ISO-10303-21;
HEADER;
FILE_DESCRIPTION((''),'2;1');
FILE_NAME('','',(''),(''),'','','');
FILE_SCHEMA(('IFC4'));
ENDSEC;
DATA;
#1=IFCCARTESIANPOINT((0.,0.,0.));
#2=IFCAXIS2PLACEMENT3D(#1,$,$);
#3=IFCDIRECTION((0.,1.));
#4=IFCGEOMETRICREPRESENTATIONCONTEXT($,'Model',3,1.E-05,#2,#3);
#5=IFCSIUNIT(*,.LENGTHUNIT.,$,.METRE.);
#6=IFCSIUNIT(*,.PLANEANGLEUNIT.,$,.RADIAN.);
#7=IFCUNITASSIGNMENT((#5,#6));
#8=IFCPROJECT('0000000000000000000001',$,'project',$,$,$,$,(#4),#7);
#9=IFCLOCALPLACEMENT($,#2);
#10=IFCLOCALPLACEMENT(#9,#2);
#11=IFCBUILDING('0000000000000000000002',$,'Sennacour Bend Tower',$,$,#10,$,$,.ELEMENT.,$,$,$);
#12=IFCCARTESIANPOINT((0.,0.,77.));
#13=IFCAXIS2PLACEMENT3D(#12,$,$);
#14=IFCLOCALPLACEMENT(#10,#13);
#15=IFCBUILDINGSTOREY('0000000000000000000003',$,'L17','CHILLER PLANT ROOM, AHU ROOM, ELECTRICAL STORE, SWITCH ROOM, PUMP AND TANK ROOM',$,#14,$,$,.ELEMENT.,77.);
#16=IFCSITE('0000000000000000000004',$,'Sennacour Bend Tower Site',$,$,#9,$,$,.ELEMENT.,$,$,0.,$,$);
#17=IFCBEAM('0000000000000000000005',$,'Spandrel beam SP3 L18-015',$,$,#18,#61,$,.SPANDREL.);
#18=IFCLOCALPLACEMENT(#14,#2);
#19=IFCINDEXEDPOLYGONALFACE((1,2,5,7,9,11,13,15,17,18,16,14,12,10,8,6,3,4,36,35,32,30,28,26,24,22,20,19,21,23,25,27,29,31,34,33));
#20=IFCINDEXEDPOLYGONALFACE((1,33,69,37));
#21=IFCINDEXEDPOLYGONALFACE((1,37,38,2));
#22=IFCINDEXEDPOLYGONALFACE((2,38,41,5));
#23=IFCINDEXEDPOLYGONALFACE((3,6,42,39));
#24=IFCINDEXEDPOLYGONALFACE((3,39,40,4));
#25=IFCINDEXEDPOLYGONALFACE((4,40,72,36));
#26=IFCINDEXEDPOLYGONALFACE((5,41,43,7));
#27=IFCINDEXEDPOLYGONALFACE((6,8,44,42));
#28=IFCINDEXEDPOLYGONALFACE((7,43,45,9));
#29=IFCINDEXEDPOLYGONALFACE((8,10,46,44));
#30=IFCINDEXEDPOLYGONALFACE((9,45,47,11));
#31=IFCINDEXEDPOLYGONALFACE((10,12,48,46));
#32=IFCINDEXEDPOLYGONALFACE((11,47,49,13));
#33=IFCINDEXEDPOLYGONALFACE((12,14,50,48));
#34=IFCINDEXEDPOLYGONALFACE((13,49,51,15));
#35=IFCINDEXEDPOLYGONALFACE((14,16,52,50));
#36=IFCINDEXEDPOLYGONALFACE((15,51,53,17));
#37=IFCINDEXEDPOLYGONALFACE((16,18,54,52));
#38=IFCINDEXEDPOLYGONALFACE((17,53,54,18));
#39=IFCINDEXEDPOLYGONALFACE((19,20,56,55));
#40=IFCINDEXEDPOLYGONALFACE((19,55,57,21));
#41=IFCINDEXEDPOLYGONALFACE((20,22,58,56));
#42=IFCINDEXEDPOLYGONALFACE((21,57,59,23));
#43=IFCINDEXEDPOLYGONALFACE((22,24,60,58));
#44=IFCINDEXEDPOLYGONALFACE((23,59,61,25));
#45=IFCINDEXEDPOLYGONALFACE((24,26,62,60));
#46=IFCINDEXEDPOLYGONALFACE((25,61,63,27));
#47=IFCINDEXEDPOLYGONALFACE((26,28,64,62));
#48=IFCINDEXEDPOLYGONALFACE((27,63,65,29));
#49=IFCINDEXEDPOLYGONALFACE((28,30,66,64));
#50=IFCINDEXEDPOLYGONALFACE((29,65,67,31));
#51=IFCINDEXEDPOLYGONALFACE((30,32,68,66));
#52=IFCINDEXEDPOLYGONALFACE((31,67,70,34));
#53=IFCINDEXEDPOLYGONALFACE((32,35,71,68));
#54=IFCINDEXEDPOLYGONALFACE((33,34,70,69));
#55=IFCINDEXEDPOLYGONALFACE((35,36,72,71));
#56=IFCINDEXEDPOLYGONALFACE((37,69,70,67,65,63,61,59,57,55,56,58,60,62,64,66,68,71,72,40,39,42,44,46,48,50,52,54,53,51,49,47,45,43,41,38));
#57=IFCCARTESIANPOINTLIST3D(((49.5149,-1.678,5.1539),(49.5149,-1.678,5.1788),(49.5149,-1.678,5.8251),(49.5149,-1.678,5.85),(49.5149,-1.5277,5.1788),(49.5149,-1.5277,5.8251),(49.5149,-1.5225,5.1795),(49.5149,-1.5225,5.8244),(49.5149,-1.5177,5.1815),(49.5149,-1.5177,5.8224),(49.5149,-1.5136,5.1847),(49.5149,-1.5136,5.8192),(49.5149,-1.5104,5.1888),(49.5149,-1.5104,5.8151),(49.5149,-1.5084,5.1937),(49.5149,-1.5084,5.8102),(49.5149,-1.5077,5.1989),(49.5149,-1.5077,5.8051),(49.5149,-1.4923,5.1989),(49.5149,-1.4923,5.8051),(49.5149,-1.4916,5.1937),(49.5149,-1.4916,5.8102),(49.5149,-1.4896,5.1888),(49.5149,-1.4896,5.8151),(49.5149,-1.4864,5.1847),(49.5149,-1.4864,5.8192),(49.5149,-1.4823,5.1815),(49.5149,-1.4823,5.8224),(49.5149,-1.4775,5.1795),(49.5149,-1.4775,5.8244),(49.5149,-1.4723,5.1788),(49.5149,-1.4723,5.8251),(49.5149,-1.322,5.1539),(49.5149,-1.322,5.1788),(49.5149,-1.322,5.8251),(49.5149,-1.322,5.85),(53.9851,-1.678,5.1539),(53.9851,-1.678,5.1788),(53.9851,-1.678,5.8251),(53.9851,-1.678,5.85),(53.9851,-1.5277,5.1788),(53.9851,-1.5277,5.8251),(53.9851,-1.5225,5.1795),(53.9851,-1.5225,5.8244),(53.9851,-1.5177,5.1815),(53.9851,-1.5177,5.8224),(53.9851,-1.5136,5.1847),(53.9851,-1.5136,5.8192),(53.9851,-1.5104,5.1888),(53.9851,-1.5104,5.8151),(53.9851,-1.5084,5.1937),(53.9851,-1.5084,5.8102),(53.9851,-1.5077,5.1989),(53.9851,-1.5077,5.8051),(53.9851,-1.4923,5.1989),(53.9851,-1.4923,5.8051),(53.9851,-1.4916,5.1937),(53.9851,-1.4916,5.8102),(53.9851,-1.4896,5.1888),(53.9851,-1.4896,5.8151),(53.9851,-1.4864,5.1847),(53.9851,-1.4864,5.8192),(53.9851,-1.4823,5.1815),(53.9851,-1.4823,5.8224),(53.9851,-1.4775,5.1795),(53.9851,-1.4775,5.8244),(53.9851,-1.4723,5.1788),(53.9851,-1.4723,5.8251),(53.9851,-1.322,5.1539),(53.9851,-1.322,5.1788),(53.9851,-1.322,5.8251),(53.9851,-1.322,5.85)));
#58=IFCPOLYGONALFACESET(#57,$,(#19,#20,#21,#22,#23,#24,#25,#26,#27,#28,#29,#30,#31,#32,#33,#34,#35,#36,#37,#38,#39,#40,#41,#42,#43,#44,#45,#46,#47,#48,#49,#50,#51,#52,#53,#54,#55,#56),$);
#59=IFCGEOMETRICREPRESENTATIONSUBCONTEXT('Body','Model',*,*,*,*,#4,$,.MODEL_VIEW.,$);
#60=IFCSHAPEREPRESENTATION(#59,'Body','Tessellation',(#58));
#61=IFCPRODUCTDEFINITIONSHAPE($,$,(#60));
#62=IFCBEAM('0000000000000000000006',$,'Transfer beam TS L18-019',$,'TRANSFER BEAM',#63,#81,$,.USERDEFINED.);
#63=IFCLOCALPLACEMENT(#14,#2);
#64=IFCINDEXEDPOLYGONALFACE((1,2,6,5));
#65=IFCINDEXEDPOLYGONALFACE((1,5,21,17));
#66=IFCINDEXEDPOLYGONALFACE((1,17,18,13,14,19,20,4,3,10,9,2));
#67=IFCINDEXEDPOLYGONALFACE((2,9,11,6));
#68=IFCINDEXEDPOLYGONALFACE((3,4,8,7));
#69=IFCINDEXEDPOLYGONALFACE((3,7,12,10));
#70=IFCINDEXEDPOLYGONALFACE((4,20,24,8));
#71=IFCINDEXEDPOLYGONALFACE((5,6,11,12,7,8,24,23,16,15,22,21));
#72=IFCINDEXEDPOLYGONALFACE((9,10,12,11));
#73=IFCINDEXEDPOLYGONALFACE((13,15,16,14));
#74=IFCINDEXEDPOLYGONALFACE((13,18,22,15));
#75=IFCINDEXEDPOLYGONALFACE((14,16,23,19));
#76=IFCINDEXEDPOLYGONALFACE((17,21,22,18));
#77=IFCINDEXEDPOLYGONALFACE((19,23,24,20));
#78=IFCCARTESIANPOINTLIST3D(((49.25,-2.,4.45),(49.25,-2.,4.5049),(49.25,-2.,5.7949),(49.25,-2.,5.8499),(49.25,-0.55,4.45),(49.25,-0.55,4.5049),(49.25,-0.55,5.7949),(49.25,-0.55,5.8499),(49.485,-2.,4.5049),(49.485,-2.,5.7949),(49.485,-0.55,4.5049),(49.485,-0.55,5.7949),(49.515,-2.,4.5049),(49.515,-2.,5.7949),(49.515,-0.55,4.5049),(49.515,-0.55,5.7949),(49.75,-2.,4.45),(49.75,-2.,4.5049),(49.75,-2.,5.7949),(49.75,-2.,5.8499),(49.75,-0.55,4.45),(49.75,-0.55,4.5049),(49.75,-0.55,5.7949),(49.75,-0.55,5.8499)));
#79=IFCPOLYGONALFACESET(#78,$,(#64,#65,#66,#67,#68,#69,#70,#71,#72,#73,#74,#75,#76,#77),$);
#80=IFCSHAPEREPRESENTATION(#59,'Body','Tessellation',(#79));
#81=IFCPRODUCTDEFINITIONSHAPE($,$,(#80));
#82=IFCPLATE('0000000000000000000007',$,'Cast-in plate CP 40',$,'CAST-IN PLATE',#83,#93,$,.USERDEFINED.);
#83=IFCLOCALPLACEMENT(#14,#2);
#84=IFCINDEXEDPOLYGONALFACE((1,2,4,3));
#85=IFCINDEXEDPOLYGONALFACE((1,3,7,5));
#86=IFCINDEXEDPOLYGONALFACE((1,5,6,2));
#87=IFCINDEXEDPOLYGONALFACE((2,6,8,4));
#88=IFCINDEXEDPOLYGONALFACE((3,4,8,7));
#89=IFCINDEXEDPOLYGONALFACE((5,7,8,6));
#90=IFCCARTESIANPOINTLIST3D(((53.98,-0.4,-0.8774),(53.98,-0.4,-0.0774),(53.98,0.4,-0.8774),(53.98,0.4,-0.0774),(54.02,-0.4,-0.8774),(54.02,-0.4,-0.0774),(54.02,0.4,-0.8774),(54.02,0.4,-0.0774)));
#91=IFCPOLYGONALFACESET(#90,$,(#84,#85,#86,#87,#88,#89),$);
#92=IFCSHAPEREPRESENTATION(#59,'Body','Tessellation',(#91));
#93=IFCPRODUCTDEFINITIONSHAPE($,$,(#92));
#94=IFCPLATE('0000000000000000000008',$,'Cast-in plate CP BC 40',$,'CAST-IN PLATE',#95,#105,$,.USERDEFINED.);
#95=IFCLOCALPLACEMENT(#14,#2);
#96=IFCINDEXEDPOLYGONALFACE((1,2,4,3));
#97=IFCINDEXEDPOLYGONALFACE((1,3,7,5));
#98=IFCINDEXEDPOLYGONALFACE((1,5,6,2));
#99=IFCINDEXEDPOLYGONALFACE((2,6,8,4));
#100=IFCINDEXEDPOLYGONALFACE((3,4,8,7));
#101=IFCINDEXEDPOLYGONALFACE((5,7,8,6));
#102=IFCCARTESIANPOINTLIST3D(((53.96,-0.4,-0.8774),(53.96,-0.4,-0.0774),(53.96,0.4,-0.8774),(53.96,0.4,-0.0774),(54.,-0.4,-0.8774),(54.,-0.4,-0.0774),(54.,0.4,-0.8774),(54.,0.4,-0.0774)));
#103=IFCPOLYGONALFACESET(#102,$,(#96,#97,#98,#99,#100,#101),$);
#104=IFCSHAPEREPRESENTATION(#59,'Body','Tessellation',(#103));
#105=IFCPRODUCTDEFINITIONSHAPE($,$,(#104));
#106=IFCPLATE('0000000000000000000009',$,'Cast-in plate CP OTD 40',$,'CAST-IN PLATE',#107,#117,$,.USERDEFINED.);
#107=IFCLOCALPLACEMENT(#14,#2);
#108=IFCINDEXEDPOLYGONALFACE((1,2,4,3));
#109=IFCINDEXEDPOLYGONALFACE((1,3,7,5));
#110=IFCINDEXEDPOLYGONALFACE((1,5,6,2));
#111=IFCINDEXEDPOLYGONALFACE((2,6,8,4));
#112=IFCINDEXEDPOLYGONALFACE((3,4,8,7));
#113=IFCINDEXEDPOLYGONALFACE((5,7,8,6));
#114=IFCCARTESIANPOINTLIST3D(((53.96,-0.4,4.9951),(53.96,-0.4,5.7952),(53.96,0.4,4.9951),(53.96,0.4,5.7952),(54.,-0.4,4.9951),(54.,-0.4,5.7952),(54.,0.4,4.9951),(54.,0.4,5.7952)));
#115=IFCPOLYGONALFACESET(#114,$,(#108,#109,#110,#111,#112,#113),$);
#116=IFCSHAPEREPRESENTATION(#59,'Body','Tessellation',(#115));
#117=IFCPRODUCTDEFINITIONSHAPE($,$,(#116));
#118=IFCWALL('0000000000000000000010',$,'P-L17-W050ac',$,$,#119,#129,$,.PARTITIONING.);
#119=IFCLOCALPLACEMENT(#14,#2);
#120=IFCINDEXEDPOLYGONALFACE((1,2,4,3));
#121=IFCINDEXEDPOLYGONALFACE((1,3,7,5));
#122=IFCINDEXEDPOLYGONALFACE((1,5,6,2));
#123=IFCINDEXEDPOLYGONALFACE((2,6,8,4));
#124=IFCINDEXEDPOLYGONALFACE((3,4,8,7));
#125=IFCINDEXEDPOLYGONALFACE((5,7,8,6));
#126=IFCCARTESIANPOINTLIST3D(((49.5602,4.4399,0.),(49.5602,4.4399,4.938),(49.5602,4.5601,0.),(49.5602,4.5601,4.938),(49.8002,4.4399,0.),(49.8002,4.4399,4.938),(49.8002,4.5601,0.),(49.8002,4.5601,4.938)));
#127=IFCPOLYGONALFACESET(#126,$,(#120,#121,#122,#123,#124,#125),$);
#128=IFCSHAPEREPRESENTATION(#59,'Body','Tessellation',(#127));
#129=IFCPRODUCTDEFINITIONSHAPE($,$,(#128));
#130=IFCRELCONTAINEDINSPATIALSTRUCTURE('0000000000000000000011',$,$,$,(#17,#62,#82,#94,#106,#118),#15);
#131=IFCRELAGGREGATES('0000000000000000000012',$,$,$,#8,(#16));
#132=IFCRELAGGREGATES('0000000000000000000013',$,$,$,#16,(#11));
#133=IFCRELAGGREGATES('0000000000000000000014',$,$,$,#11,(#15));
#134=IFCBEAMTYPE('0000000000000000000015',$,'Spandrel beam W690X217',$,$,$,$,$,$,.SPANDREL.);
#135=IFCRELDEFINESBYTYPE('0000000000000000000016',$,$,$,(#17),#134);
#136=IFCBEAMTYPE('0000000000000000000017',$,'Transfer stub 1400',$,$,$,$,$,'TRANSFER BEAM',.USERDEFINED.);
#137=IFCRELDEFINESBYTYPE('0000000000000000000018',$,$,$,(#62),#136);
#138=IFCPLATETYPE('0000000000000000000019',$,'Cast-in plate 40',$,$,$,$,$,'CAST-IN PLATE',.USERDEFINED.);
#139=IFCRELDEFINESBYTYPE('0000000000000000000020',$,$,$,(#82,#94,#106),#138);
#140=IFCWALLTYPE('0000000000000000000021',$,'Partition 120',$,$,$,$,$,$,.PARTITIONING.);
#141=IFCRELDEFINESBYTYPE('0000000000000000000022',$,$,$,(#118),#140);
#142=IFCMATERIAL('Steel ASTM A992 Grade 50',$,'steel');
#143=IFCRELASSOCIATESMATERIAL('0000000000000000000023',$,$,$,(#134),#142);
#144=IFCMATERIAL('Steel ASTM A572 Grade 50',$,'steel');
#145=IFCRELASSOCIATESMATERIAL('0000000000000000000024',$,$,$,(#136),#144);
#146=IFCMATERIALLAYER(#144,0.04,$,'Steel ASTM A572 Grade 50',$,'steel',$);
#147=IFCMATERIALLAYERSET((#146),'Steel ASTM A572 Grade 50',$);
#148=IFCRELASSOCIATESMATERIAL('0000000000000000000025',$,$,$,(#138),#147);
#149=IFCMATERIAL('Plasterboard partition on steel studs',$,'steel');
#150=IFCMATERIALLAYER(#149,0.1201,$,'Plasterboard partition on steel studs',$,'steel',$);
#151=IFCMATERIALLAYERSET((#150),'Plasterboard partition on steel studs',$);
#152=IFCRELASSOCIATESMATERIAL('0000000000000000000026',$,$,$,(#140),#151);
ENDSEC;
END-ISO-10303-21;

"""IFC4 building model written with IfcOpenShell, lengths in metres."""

from ifc_helpers import new_model, si_unit, direction, frame, frame_2d, origin, origin_2d, place, context, subcontext, project, spatial, rectangle, i_section, extrude, material, layer, layer_set, material_profile, profile_set, type_object, element, save


model = new_model("IFC4")

# Units and contexts
model_context = context("Model", 3, precision=1e-05, world=origin(), true_north=direction((0.0, 1.0)))
body_context = subcontext(model_context, "Body", "Model", "MODEL_VIEW")
ifc_project = project(units=[si_unit("LENGTHUNIT", "METRE"), si_unit("PLANEANGLEUNIT", "RADIAN")], contexts=[model_context])

# Site, building, storey
site_placement = place(None, origin())
site = spatial("IfcSite", under=ifc_project, at=site_placement, Name="Sennacour Bend Tower Site", CompositionType="ELEMENT", RefElevation=0.0)
building_placement = place(site_placement, origin())
building = spatial("IfcBuilding", under=site, at=building_placement, Name="Sennacour Bend Tower", CompositionType="ELEMENT")
storey_placement = place(building_placement, frame((0.0, 0.0, 77.0)))
storey = spatial("IfcBuildingStorey", under=building, at=storey_placement, Name="L17", Description="CHILLER PLANT ROOM, AHU ROOM, ELECTRICAL STORE, SWITCH ROOM, PUMP AND TANK ROOM", CompositionType="ELEMENT", Elevation=77.0)

# Shared definitions
ifc_material_1 = material(Name="Steel ASTM A572 Grade 50", Category="steel")

# Shared definitions
ifc_material_2 = material(Name="Steel ASTM A992 Grade 50", Category="steel")

# Beams
ifc_material_profile_1 = material_profile(ifc_material_2, i_section(OverallWidth=0.356, OverallDepth=0.696, WebThickness=0.0154, FlangeThickness=0.0249, FilletRadius=0.02, at=origin_2d()), Name="Steel ASTM A992 Grade 50", Category="steel")
ifc_profile_set_1 = profile_set([ifc_material_profile_1], Name="Steel ASTM A992 Grade 50")
beam_type_1 = type_object("IfcBeamType", Name="Spandrel beam W690X217", PredefinedType="SPANDREL", material=ifc_profile_set_1)
beam_1_placement = place(storey_placement, frame((53.9851, -1.5, 5.502), z_axis=(-1.0, 0.0, 0.0), x_axis=(0.0, -1.0, 0.0)))
element("IfcBeam", 1, at=beam_1_placement, inside=storey, type_object=beam_type_1, Name="Spandrel beam SP3 L18-015", PredefinedType="SPANDREL", context=body_context, shape_type="SweptSolid", body=[
    extrude(i_section(OverallWidth=0.356, OverallDepth=0.696, WebThickness=0.0154, FlangeThickness=0.0249, FilletRadius=0.02, at=origin_2d()), origin(), (0.0, 0.0, 1.0), 4.4702),
])
ifc_material_profile_2 = material_profile(ifc_material_1, i_section(OverallWidth=0.5, OverallDepth=1.3999, WebThickness=0.03, FlangeThickness=0.0549, at=origin_2d()), Name="Steel ASTM A572 Grade 50", Category="steel")
ifc_profile_set_2 = profile_set([ifc_material_profile_2], Name="Steel ASTM A572 Grade 50")
beam_type_2 = type_object("IfcBeamType", Name="Transfer stub 1400", ElementType="TRANSFER BEAM", PredefinedType="USERDEFINED", material=ifc_profile_set_2)
beam_2_placement = place(storey_placement, frame((49.5, -0.55, 5.1499), z_axis=(0.0, -1.0, 0.0), x_axis=(1.0, 0.0, 0.0)))
element("IfcBeam", 2, at=beam_2_placement, inside=storey, type_object=beam_type_2, Name="Transfer beam TS L18-019", ObjectType="TRANSFER BEAM", PredefinedType="USERDEFINED", context=body_context, shape_type="SweptSolid", body=[
    extrude(i_section(OverallWidth=0.5, OverallDepth=1.3999, WebThickness=0.03, FlangeThickness=0.0549, at=origin_2d()), origin(), (0.0, 0.0, 1.0), 1.45),
])

# Plates
ifc_layer_1 = layer(ifc_material_1, 0.04, Name="Steel ASTM A572 Grade 50", Category="steel")
ifc_layer_set_1 = layer_set([ifc_layer_1], Name="Steel ASTM A572 Grade 50")
plate_type = type_object("IfcPlateType", Name="Cast-in plate 40", ElementType="CAST-IN PLATE", PredefinedType="USERDEFINED", material=ifc_layer_set_1)
for number, where, z_axis, x_axis, name in (
    (3, (54.0, 0.0, -0.8774), (0.0, 0.0, 1.0), (1.0, 0.0, 0.0), "Cast-in plate CP 40"),
    (4, (53.98, 0.0, -0.8774), (0.0, 0.0, 1.0), (1.0, 0.0, 0.0), "Cast-in plate CP BC 40"),
    (5, (53.98, 0.0, 4.9951), (0.0, 0.0, 1.0), (1.0, 0.0, 0.0), "Cast-in plate CP OTD 40"),
):
    element("IfcPlate", number, at=place(storey_placement, frame(where, z_axis=z_axis, x_axis=x_axis)), inside=storey, type_object=plate_type, Name=name, ObjectType="CAST-IN PLATE", PredefinedType="USERDEFINED", context=body_context, shape_type="SweptSolid", body=[
        extrude(rectangle(XDim=0.04, YDim=0.8, at=origin_2d()), origin(), (0.0, 0.0, 1.0), 0.8),
    ])

# Wall
ifc_material_3 = material(Name="Plasterboard partition on steel studs", Category="steel")
ifc_layer_2 = layer(ifc_material_3, 0.1201, Name="Plasterboard partition on steel studs", Category="steel")
ifc_layer_set_2 = layer_set([ifc_layer_2], Name="Plasterboard partition on steel studs")
wall_type_1 = type_object("IfcWallType", Name="Partition 120", PredefinedType="PARTITIONING", material=ifc_layer_set_2)
wall_1_placement = place(storey_placement, frame((49.5601, 4.5, 0.0), z_axis=(0.0, 0.0, 1.0), x_axis=(1.0, 0.0, 0.0)))
element("IfcWall", 6, at=wall_1_placement, inside=storey, type_object=wall_type_1, Name="P-L17-W050ac", PredefinedType="PARTITIONING", context=body_context, shape_type="SweptSolid", body=[
    extrude(rectangle(XDim=0.24, YDim=0.1201, at=frame_2d((0.1201, 0.0))), origin(), (0.0, 0.0, 1.0), 4.938),
])

save(model, "model.ifc")
